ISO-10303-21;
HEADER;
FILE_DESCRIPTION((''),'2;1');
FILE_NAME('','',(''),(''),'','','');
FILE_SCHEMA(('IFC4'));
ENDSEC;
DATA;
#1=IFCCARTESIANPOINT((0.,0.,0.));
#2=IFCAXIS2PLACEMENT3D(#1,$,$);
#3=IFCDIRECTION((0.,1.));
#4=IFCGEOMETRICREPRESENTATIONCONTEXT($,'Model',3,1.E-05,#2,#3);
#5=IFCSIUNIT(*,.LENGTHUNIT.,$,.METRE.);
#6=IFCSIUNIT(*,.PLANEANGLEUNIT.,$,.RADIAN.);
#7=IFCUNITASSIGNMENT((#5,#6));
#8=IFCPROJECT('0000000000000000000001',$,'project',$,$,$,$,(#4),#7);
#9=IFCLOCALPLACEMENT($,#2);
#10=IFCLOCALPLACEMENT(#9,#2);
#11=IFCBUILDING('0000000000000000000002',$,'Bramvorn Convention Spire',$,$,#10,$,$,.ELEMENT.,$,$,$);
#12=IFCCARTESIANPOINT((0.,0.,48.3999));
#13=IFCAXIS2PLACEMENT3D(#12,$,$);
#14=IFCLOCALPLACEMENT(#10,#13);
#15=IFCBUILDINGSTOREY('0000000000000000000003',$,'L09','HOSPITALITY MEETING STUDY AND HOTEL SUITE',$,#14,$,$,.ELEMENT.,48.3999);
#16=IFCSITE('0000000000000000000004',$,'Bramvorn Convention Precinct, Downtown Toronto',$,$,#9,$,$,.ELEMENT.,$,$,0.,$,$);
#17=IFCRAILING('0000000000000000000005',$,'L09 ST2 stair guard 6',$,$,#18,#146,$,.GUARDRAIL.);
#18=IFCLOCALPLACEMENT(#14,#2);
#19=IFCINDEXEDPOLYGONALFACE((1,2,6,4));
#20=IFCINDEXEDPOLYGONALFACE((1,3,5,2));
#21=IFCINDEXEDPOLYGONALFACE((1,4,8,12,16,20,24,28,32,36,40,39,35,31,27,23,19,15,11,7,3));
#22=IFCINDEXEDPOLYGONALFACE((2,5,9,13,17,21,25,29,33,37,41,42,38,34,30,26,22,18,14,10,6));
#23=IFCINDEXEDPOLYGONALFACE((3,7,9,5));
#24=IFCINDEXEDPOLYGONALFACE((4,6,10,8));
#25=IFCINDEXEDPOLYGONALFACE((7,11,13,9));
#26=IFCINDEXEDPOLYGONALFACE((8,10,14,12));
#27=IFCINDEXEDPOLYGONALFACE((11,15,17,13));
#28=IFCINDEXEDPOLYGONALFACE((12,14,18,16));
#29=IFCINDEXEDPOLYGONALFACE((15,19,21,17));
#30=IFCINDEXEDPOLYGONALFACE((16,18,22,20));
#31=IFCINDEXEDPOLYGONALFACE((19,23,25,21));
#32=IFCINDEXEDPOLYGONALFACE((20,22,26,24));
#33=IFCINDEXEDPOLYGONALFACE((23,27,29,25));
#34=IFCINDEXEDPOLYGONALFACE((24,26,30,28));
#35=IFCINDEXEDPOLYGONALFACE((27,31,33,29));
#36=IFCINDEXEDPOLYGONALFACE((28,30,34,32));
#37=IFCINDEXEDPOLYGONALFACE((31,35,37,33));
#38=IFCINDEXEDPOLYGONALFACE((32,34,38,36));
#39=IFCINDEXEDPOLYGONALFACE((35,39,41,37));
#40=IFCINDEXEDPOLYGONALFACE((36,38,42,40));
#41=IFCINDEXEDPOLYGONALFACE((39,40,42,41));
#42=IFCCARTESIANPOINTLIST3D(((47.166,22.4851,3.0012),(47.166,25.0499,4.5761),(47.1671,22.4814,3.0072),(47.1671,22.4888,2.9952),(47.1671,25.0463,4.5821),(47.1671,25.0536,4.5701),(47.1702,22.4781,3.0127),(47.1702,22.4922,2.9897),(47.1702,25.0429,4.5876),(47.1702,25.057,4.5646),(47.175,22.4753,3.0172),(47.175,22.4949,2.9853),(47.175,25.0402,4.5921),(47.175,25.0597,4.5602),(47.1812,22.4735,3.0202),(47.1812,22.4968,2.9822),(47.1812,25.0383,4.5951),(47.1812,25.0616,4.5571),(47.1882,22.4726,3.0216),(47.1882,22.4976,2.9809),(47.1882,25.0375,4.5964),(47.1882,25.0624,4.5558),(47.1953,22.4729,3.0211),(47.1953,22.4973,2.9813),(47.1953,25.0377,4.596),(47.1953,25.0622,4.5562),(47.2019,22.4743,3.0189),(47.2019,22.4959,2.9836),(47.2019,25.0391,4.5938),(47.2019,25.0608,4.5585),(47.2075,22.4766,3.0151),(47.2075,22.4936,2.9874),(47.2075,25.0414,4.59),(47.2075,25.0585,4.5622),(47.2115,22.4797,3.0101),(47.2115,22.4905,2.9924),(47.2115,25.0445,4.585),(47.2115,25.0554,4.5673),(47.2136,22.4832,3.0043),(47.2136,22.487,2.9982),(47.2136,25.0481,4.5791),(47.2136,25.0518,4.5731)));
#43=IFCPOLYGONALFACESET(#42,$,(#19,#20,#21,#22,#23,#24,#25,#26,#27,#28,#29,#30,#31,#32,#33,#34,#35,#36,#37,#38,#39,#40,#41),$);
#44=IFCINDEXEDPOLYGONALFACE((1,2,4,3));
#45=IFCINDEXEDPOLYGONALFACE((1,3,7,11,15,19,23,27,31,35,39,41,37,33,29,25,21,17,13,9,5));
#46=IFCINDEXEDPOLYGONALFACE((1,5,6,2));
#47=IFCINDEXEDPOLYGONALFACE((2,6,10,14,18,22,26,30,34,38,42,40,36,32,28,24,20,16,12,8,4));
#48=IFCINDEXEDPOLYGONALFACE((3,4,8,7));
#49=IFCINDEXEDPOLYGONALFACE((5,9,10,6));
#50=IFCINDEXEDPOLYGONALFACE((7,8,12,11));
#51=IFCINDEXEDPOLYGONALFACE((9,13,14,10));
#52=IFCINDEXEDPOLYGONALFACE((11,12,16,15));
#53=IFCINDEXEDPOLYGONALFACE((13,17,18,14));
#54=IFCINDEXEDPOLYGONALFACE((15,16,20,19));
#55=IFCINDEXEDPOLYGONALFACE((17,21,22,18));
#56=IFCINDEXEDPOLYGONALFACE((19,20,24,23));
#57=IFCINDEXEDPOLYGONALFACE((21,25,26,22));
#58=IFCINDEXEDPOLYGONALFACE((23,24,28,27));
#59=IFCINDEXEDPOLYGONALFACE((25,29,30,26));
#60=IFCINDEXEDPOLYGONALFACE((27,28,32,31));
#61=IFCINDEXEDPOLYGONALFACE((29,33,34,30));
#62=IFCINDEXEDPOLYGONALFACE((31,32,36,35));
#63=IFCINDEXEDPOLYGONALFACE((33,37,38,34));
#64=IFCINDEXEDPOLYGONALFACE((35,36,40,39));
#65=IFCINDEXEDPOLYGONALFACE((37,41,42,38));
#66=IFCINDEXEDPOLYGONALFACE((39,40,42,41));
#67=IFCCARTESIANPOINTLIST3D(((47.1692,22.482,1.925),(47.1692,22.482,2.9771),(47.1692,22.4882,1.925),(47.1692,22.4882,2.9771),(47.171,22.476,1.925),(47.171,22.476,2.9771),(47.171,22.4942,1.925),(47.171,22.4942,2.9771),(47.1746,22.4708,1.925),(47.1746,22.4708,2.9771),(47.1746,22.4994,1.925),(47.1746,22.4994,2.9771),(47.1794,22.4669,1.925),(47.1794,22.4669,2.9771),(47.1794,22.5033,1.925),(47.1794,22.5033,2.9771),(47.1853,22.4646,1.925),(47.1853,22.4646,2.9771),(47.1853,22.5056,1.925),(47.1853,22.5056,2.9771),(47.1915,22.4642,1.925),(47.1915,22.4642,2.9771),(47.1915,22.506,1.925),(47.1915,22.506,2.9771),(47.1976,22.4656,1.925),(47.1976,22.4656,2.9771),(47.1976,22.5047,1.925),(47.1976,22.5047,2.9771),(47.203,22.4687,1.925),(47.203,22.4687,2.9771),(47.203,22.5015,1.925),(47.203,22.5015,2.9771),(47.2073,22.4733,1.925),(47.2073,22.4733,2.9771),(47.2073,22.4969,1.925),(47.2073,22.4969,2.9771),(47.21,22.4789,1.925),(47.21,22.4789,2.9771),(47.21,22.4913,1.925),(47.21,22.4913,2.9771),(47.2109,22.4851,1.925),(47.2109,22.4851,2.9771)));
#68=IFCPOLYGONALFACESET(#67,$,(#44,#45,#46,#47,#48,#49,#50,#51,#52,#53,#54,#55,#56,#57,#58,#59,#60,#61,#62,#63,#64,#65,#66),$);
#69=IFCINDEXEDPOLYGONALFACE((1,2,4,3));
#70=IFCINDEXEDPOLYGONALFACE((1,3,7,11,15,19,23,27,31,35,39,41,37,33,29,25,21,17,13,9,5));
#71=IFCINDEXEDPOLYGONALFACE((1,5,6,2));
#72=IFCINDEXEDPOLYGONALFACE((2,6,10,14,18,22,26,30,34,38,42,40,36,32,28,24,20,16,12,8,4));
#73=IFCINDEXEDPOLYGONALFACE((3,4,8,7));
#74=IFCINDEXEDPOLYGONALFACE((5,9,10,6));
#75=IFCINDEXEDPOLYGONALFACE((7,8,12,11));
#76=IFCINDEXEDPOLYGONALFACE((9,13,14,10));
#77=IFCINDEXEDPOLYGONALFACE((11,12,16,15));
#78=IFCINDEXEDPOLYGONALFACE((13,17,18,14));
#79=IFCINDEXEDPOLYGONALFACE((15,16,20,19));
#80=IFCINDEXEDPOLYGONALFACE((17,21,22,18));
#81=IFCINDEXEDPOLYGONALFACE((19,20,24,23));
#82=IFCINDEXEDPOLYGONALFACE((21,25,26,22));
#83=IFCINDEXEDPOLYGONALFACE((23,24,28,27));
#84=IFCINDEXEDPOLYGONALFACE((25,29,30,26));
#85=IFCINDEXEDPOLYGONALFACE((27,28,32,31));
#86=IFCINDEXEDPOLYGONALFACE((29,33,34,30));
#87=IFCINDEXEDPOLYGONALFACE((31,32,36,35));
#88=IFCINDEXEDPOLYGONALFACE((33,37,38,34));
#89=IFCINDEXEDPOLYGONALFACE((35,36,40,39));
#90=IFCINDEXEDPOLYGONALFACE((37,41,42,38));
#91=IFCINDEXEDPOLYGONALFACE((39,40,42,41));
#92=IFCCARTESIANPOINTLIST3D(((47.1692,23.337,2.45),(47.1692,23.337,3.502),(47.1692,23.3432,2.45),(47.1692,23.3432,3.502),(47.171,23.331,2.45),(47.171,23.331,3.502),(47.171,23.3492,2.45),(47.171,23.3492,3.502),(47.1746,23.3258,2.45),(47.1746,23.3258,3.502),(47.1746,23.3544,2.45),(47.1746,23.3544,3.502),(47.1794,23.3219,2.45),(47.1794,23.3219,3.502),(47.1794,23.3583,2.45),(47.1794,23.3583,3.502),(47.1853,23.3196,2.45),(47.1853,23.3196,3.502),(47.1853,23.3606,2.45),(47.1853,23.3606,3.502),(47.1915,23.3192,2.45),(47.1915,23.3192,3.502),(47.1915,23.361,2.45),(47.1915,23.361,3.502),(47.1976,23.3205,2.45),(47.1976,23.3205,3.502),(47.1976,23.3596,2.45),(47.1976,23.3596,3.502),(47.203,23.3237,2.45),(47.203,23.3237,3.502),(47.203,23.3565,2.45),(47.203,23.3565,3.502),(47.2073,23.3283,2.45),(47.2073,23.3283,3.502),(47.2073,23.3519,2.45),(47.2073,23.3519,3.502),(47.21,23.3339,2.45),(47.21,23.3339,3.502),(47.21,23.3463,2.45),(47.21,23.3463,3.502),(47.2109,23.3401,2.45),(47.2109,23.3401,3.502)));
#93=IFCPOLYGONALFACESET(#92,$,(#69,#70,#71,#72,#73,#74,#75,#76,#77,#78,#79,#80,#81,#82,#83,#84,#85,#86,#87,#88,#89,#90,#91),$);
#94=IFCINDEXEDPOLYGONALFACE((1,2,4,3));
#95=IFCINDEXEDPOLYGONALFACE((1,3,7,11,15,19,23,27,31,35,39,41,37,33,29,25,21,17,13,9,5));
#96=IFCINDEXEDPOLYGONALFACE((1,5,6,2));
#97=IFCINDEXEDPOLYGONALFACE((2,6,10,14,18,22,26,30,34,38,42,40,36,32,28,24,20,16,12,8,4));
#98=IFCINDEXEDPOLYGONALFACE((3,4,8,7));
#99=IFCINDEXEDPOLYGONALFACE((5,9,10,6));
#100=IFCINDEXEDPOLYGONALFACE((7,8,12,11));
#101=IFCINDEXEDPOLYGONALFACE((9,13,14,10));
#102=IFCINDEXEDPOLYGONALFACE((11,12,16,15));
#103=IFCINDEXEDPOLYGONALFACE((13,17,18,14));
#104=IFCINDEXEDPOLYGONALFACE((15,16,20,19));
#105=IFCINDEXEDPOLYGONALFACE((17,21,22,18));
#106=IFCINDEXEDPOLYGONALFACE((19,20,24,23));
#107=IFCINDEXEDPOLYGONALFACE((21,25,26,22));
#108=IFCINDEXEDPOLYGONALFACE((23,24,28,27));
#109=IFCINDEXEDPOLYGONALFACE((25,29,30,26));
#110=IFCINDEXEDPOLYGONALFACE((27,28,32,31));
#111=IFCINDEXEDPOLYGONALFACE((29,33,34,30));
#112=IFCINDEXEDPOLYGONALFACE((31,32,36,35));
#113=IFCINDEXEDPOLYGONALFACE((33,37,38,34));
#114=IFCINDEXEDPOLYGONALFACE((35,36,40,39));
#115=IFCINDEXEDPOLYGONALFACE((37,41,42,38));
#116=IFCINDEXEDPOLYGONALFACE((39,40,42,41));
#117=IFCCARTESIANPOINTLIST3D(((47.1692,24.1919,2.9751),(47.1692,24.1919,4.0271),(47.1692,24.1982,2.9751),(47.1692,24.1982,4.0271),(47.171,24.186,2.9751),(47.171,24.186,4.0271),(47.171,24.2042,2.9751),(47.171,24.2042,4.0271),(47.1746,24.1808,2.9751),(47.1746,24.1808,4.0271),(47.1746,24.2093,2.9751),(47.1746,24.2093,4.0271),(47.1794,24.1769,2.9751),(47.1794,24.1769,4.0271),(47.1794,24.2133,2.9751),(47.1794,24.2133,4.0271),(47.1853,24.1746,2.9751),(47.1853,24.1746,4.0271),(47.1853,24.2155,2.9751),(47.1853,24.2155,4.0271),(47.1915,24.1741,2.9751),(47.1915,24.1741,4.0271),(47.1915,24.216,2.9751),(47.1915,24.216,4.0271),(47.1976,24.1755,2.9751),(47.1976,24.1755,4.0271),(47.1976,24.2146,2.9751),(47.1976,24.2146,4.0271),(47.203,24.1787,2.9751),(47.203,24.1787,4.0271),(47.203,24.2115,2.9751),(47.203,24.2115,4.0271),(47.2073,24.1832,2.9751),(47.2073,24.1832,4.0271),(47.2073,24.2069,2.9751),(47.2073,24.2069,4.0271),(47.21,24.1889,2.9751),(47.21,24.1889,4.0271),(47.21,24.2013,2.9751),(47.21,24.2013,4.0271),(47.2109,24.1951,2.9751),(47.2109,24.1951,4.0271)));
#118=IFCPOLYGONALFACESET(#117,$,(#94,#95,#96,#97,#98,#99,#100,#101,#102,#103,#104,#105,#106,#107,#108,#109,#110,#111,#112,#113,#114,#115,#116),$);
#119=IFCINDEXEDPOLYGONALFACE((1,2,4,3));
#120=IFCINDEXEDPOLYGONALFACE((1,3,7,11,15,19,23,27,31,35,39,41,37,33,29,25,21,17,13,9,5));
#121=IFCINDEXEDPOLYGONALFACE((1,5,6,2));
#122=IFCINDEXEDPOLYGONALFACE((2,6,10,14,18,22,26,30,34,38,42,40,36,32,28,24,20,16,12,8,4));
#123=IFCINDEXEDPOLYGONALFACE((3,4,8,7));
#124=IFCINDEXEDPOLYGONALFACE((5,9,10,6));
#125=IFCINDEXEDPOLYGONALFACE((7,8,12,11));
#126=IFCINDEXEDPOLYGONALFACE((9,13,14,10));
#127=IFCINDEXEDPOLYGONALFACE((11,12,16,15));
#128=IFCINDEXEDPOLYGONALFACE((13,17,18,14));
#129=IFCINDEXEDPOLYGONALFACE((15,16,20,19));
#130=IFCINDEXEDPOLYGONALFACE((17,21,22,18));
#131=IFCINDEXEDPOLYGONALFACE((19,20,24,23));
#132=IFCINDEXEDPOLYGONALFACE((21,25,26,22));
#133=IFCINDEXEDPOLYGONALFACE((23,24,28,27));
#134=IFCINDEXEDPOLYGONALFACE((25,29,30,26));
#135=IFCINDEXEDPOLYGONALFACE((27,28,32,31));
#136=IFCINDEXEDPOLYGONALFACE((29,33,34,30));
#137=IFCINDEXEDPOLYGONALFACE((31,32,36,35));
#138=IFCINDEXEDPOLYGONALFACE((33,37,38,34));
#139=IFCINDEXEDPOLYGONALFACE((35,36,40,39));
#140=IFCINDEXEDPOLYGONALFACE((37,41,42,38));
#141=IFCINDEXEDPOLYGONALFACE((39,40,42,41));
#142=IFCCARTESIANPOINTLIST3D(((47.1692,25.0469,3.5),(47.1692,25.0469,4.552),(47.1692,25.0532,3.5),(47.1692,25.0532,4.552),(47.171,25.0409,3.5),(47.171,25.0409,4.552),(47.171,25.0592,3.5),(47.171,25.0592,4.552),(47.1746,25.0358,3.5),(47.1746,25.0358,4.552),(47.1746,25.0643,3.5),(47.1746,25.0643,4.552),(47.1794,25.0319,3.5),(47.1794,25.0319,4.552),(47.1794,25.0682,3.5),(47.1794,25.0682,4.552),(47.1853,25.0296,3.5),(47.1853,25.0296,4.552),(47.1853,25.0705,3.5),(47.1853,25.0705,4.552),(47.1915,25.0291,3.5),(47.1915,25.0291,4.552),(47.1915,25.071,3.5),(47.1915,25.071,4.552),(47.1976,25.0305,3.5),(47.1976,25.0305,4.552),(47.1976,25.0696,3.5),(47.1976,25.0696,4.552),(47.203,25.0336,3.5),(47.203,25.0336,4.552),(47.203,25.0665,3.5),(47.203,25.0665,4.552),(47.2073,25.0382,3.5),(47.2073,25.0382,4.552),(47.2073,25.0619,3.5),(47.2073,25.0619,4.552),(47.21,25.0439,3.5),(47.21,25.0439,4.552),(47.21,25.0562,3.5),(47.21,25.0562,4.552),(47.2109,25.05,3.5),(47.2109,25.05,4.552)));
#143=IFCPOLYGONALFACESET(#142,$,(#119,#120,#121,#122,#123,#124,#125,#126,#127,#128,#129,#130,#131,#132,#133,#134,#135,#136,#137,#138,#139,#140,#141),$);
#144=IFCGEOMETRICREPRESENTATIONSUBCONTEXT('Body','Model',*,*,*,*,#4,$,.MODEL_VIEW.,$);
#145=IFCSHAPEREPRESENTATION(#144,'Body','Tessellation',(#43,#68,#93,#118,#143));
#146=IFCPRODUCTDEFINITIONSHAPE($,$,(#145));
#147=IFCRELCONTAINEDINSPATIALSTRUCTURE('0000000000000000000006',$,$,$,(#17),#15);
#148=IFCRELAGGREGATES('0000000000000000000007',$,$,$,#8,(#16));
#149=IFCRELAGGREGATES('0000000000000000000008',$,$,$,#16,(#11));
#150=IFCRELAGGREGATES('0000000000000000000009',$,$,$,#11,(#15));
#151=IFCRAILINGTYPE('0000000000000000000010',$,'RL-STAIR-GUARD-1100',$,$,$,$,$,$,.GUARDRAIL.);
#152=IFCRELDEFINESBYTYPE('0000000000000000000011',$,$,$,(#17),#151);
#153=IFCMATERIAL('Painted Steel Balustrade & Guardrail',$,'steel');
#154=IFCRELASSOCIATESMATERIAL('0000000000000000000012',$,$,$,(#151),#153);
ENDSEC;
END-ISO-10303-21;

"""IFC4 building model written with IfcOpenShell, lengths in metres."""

from ifc_helpers import new_model, si_unit, direction, frame, origin, origin_2d, place, context, subcontext, project, spatial, circle, extrude, material, type_object, element, save


model = new_model("IFC4")

# Units and contexts
model_context = context("Model", 3, precision=1e-05, world=origin(), true_north=direction((0.0, 1.0)))
body_context = subcontext(model_context, "Body", "Model", "MODEL_VIEW")
ifc_project = project(units=[si_unit("LENGTHUNIT", "METRE"), si_unit("PLANEANGLEUNIT", "RADIAN")], contexts=[model_context])

# Site, building, storey
site_placement = place(None, origin())
site = spatial("IfcSite", under=ifc_project, at=site_placement, Name="Bramvorn Convention Precinct, Downtown Toronto", CompositionType="ELEMENT", RefElevation=0.0)
building_placement = place(site_placement, origin())
building = spatial("IfcBuilding", under=site, at=building_placement, Name="Bramvorn Convention Spire", CompositionType="ELEMENT")
storey_placement = place(building_placement, frame((0.0, 0.0, 48.3999)))
storey = spatial("IfcBuildingStorey", under=building, at=storey_placement, Name="L09", Description="HOSPITALITY MEETING STUDY AND HOTEL SUITE", CompositionType="ELEMENT", Elevation=48.3999)

# Railing
ifc_material_1 = material(Name="Painted Steel Balustrade & Guardrail", Category="steel")
railing_type_1 = type_object("IfcRailingType", Name="RL-STAIR-GUARD-1100", PredefinedType="GUARDRAIL", material=ifc_material_1)
railing_1_placement = place(storey_placement, frame((47.1899, 22.4851, 1.925)))
element("IfcRailing", 1, at=railing_1_placement, inside=storey, type_object=railing_type_1, Name="L09 ST2 stair guard 6", PredefinedType="GUARDRAIL", context=body_context, shape_type="SweptSolid", body=[
    extrude(circle(Radius=0.0239, at=origin_2d()), frame((0.0, 0.0, 1.0762), z_axis=(0.0, 0.852173, 0.52326), x_axis=(-1.0, 0.0, 0.0)), (0.0, 0.0, 1.0), 3.0098),
    extrude(circle(Radius=0.021, at=origin_2d()), origin(), (0.0, 0.0, 1.0), 1.052),
    extrude(circle(Radius=0.021, at=origin_2d()), frame((0.0, 0.855, 0.5249)), (0.0, 0.0, 1.0), 1.052),
    extrude(circle(Radius=0.021, at=origin_2d()), frame((0.0, 1.71, 1.05)), (0.0, 0.0, 1.0), 1.052),
    extrude(circle(Radius=0.021, at=origin_2d()), frame((0.0, 2.5649, 1.575)), (0.0, 0.0, 1.0), 1.052),
])

save(model, "model.ifc")
